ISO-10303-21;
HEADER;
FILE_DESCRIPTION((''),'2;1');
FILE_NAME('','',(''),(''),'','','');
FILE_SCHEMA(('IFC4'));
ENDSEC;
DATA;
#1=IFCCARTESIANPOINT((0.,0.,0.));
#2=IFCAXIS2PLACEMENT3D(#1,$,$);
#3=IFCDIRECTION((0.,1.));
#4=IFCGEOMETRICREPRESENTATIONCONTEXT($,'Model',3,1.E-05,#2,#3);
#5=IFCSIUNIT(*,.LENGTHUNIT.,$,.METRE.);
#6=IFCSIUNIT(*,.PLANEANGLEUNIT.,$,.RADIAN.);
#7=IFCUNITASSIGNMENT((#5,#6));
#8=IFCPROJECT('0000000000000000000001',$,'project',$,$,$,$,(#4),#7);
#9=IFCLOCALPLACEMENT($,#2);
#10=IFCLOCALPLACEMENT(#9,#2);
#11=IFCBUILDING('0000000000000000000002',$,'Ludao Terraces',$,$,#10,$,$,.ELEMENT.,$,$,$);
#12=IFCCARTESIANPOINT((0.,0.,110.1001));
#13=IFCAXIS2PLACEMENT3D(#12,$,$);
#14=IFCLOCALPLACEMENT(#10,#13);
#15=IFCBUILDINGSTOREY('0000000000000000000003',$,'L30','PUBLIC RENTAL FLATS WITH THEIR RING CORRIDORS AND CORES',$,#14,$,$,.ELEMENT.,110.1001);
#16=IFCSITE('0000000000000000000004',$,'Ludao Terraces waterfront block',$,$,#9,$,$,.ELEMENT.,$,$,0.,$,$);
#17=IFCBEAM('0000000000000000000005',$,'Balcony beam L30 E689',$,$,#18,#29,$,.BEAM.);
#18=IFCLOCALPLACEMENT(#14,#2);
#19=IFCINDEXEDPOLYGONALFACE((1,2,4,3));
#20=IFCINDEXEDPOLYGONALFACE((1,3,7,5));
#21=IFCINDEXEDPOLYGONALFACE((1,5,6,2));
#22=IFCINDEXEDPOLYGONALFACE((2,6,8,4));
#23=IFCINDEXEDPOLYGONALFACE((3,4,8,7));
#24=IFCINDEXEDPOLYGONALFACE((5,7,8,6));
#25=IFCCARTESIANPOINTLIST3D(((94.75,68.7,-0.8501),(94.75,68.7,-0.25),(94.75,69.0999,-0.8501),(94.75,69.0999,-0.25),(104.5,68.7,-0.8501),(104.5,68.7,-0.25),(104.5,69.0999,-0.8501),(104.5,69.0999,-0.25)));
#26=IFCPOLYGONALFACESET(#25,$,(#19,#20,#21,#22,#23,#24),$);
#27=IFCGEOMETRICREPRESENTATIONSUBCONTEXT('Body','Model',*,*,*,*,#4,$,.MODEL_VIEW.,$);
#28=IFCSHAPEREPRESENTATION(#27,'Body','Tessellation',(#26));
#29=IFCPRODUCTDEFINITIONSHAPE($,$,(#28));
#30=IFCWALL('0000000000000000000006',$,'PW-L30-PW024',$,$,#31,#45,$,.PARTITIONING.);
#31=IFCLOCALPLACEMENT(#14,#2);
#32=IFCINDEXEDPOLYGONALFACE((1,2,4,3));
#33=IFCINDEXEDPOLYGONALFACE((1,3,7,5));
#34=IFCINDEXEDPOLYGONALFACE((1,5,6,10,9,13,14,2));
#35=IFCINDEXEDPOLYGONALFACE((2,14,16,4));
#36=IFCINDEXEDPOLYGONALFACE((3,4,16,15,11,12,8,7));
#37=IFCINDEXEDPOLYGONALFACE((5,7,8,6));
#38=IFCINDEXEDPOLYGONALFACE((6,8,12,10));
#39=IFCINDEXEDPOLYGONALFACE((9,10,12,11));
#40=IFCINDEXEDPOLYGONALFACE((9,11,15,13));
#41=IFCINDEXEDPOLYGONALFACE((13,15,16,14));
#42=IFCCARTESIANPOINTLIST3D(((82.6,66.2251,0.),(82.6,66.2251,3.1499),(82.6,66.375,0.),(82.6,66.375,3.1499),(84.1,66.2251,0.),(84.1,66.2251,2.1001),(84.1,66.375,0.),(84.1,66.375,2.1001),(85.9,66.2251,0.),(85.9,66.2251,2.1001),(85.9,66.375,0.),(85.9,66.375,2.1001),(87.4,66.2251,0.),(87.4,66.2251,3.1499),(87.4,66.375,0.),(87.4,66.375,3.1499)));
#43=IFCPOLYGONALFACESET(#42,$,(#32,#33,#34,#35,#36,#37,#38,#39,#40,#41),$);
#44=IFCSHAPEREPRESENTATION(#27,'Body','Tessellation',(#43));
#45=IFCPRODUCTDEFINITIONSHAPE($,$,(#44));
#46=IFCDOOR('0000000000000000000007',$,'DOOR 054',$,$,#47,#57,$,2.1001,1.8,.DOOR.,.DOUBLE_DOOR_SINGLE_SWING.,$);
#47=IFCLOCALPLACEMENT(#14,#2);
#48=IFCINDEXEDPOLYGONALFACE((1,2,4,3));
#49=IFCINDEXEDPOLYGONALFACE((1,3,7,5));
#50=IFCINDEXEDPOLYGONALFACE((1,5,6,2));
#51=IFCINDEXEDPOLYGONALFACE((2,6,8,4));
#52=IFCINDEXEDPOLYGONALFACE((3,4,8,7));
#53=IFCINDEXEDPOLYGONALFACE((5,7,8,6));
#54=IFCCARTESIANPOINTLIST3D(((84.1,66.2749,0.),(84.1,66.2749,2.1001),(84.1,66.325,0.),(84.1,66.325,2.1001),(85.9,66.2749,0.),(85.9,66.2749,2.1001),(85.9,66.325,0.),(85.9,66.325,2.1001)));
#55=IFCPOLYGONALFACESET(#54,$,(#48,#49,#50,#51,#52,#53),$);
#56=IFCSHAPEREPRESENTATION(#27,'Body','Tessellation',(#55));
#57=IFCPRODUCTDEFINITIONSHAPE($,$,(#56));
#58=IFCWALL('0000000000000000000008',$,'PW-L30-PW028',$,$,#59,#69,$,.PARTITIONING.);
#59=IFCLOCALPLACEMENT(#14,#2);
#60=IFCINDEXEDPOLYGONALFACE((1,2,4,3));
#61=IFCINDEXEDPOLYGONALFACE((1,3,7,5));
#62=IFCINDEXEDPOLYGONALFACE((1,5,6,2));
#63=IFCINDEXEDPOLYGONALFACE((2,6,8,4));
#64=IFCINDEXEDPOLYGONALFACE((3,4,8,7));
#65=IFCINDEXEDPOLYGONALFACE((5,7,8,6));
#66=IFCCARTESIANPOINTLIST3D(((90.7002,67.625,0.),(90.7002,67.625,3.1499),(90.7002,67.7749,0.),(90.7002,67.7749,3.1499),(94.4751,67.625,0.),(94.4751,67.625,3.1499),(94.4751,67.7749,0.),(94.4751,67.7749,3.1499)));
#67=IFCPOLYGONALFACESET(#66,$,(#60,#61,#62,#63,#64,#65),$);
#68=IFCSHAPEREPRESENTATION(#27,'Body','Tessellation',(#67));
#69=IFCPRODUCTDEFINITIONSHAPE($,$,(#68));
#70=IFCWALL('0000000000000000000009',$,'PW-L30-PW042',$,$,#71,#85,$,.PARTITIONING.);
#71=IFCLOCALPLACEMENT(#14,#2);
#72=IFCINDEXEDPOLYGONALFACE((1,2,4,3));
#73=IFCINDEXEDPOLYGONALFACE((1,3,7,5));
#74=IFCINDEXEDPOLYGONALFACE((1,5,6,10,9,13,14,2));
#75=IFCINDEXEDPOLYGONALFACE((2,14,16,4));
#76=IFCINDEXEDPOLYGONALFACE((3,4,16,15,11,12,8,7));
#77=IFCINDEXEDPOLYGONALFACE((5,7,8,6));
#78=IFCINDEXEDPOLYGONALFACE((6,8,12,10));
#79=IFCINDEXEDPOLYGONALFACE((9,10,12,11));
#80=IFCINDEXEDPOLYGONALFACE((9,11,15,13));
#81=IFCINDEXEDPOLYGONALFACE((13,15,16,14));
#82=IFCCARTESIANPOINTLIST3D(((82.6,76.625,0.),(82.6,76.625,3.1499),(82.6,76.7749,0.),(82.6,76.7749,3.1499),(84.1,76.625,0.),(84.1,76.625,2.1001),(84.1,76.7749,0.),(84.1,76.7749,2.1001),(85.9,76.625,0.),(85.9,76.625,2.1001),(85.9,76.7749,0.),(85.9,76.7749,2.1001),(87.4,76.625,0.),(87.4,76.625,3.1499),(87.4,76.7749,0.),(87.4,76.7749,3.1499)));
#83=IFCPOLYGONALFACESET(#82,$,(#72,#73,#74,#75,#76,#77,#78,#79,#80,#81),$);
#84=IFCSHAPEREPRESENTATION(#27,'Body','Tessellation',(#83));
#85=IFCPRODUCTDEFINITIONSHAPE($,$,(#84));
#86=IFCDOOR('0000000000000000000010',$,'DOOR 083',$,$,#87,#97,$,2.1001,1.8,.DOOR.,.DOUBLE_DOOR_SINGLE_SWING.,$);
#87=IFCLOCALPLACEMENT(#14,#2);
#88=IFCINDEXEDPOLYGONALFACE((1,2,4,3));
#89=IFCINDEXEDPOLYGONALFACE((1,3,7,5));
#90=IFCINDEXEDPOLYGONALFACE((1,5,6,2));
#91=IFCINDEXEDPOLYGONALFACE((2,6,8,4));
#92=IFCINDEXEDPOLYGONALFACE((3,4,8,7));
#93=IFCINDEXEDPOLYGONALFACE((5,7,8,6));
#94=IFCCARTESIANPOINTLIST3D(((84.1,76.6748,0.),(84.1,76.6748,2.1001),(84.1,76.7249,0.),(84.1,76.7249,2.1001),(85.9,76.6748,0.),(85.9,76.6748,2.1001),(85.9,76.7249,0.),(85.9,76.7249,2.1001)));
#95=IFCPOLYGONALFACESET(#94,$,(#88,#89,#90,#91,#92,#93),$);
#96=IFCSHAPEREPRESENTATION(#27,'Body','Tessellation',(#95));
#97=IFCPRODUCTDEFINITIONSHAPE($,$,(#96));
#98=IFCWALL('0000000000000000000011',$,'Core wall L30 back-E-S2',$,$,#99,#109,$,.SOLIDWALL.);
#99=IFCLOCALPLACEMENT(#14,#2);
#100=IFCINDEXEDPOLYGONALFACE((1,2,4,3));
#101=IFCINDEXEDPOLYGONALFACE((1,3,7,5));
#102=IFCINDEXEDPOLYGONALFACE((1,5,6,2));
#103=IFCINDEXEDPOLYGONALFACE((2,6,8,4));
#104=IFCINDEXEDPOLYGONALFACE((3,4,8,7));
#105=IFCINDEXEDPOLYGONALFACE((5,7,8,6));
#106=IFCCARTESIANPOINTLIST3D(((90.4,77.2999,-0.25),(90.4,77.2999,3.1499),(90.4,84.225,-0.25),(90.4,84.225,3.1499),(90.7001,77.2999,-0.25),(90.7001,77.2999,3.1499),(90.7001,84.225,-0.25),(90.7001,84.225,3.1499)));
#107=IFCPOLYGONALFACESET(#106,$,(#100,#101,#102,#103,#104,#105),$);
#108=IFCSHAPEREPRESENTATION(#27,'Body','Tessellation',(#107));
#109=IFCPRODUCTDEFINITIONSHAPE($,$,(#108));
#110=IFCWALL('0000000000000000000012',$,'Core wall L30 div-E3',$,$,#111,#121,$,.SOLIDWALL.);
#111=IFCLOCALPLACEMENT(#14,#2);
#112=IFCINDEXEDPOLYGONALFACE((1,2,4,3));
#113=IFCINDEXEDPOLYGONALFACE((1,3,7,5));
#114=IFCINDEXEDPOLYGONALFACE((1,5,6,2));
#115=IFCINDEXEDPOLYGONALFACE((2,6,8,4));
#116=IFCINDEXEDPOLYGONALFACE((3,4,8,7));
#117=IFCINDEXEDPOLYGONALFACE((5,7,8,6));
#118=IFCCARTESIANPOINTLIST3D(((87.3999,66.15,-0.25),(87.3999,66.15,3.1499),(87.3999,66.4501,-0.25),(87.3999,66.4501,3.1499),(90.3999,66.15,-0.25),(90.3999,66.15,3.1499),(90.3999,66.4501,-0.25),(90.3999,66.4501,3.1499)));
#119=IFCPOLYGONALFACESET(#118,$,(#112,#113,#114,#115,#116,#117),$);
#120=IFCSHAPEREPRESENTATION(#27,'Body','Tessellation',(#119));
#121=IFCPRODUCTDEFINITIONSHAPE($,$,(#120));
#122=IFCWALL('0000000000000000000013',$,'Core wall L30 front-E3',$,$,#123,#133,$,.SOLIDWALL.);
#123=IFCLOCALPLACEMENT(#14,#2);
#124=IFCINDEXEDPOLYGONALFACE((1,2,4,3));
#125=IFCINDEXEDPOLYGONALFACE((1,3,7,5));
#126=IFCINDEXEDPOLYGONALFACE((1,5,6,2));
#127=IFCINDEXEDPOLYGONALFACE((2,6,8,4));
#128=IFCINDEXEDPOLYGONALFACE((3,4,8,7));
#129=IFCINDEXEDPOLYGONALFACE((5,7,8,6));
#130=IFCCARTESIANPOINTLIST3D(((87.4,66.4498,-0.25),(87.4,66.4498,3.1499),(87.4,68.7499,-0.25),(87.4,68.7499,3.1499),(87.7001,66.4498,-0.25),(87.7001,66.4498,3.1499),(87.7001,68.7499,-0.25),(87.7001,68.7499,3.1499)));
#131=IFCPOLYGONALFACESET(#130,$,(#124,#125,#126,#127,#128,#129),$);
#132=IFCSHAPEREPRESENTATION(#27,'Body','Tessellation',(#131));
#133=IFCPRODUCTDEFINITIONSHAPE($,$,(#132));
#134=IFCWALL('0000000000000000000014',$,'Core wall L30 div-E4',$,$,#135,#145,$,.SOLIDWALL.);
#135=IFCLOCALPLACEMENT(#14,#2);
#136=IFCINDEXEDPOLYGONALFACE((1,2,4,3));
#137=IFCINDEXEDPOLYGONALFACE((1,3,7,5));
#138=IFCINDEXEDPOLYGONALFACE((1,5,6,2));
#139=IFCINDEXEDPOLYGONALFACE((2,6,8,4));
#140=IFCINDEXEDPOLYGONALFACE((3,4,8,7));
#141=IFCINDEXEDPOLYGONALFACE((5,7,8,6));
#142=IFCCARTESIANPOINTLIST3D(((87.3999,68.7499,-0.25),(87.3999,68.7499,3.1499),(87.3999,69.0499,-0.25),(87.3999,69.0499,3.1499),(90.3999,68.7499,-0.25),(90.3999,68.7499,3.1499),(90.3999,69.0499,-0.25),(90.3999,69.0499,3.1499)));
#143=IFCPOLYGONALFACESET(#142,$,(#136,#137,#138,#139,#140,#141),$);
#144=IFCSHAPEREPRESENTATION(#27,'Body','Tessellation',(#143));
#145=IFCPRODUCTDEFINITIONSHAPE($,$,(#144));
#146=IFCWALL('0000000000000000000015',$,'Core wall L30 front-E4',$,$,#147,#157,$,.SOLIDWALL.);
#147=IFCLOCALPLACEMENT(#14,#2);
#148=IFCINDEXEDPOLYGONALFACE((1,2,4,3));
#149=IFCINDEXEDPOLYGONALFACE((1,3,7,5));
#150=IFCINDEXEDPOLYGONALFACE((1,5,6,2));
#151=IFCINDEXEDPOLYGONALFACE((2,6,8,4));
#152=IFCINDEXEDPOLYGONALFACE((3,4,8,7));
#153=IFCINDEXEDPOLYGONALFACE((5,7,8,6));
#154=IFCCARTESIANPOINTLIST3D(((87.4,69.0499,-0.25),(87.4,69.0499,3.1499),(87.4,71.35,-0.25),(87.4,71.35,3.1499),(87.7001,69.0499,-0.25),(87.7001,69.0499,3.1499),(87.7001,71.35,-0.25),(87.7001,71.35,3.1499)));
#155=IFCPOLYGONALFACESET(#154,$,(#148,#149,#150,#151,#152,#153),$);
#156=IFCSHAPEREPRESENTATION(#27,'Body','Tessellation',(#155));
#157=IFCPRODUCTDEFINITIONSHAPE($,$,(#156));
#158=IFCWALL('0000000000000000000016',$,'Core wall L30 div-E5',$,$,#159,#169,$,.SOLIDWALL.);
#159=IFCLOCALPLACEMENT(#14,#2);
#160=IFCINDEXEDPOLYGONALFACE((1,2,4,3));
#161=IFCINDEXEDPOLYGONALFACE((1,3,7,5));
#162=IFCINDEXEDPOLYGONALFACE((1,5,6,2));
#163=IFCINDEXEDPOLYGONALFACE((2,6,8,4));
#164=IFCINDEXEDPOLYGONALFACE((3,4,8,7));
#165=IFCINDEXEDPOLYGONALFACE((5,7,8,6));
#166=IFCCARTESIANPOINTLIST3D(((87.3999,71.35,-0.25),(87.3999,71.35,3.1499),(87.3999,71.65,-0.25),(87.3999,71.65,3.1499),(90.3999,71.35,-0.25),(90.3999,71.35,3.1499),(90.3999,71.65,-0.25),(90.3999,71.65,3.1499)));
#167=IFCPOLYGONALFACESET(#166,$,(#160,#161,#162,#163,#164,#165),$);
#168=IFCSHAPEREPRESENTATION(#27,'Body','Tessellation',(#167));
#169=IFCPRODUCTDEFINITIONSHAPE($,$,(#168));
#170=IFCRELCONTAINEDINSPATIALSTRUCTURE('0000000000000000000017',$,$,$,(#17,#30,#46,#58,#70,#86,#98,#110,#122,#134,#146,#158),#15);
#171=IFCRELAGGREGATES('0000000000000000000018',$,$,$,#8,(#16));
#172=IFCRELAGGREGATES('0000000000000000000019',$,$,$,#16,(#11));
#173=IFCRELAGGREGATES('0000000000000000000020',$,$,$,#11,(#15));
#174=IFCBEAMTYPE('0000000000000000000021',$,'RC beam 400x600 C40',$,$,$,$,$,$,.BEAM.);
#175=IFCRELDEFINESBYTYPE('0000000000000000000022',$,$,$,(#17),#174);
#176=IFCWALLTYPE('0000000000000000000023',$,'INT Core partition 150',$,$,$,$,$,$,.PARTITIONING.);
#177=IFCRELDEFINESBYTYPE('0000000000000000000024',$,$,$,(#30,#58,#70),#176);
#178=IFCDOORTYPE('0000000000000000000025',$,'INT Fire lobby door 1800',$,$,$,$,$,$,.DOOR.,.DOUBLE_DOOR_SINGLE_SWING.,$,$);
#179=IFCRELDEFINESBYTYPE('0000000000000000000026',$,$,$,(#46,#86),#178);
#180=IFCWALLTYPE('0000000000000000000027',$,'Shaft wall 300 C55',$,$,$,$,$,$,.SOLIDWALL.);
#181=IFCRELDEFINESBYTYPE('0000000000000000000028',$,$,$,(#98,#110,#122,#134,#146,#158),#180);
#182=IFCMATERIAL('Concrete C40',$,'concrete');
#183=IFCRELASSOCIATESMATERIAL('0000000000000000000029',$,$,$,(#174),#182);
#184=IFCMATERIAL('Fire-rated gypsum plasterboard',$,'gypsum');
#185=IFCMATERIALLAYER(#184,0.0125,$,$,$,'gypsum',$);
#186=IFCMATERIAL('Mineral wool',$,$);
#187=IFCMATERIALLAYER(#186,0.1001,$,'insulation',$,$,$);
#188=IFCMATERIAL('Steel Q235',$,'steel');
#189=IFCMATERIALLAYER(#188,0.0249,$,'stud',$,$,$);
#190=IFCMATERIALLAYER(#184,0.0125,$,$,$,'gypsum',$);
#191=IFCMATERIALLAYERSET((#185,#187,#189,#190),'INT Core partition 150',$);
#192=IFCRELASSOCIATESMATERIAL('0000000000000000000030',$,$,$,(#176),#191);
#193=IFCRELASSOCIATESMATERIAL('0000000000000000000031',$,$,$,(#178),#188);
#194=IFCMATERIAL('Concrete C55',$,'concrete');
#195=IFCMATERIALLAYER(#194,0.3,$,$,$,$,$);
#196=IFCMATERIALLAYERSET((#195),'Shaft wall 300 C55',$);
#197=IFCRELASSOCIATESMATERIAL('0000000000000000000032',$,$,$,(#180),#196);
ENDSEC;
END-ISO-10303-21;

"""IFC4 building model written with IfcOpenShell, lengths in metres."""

from ifc_helpers import new_model, si_unit, direction, frame, frame_2d, origin, origin_2d, place, context, subcontext, project, spatial, rectangle, extrude, material, layer, layer_set, material_profile, profile_set, type_object, element, fill, save


model = new_model("IFC4")

# Units and contexts
model_context = context("Model", 3, precision=1e-05, world=origin(), true_north=direction((0.0, 1.0)))
body_context = subcontext(model_context, "Body", "Model", "MODEL_VIEW")
ifc_project = project(units=[si_unit("LENGTHUNIT", "METRE"), si_unit("PLANEANGLEUNIT", "RADIAN")], contexts=[model_context])

# Site, building, storey
site_placement = place(None, origin())
site = spatial("IfcSite", under=ifc_project, at=site_placement, Name="Ludao Terraces waterfront block", CompositionType="ELEMENT", RefElevation=0.0)
building_placement = place(site_placement, origin())
building = spatial("IfcBuilding", under=site, at=building_placement, Name="Ludao Terraces", CompositionType="ELEMENT")
storey_placement = place(building_placement, frame((0.0, 0.0, 110.1001)))
storey = spatial("IfcBuildingStorey", under=building, at=storey_placement, Name="L30", Description="PUBLIC RENTAL FLATS WITH THEIR RING CORRIDORS AND CORES", CompositionType="ELEMENT", Elevation=110.1001)

# Beam
ifc_material_1 = material(Name="Concrete C40", Category="concrete")
ifc_material_profile = material_profile(ifc_material_1, rectangle(XDim=0.3999, YDim=0.6001, at=origin_2d()), Name="400 X 600")
ifc_profile_set = profile_set([ifc_material_profile], Name="Concrete C40")
beam_type = type_object("IfcBeamType", Name="RC beam 400x600 C40", PredefinedType="BEAM", material=ifc_profile_set)
beam_placement = place(storey_placement, frame((94.75, 68.8999, -0.55), z_axis=(1.0, 0.0, 0.0), x_axis=(0.0, 1.0, 0.0)))
element("IfcBeam", 1, at=beam_placement, inside=storey, type_object=beam_type, Name="Balcony beam L30 E689", PredefinedType="BEAM", context=body_context, shape_type="SweptSolid", body=[
    extrude(rectangle(XDim=0.3999, YDim=0.6001, at=origin_2d()), origin(), (0.0, 0.0, 1.0), 9.75),
])

# Wall, opening, door
ifc_material_2 = material(Name="Fire-rated gypsum plasterboard", Category="gypsum")
ifc_layer_1 = layer(ifc_material_2, 0.0125, Category="gypsum")
ifc_material_3 = material(Name="Mineral wool")
ifc_layer_2 = layer(ifc_material_3, 0.1001, Name="insulation")
ifc_material_4 = material(Name="Steel Q235", Category="steel")
ifc_layer_3 = layer(ifc_material_4, 0.0249, Name="stud")
ifc_layer_4 = layer(ifc_material_2, 0.0125, Category="gypsum")
ifc_layer_set_1 = layer_set([ifc_layer_1, ifc_layer_2, ifc_layer_3, ifc_layer_4], Name="INT Core partition 150")
wall_type_1 = type_object("IfcWallType", Name="INT Core partition 150", PredefinedType="PARTITIONING", material=ifc_layer_set_1)
wall_1_placement = place(storey_placement, frame((82.6001, 66.3, 0.0), z_axis=(0.0, 0.0, 1.0), x_axis=(1.0, 0.0, 0.0)))
wall_1 = element("IfcWall", 2, at=wall_1_placement, inside=storey, type_object=wall_type_1, Name="PW-L30-PW024", PredefinedType="PARTITIONING", context=body_context, shape_type="SweptSolid", body=[
    extrude(rectangle(XDim=4.8, YDim=0.1499, at=frame_2d((2.3999, 0.0))), origin(), (0.0, 0.0, 1.0), 3.1499),
])
opening_1_placement = place(wall_1_placement, frame((1.5, 0.0, 0.0)))
opening_1 = element("IfcOpeningElement", 3, at=opening_1_placement, cuts=wall_1, PredefinedType="OPENING", context=body_context, shape_type="SweptSolid", body=[
    extrude(rectangle(XDim=1.8, YDim=2.1001, at=frame_2d((0.8999, 1.05))), frame((0.0, 0.085, 0.0), z_axis=(0.0, -1.0, 0.0), x_axis=(1.0, 0.0, 0.0)), (0.0, 0.0, 1.0), 0.1699),
])
door_type_1 = type_object("IfcDoorType", Name="INT Fire lobby door 1800", OperationType="DOUBLE_DOOR_SINGLE_SWING", PredefinedType="DOOR", material=ifc_material_4)
door_1_placement = place(opening_1_placement, origin())
door_1 = element("IfcDoor", 4, at=door_1_placement, inside=storey, type_object=door_type_1, Name="DOOR 054", OperationType="DOUBLE_DOOR_SINGLE_SWING", OverallHeight=2.1001, OverallWidth=1.8, PredefinedType="DOOR", context=body_context, shape_type="SweptSolid", body=[
    extrude(rectangle(XDim=1.8, YDim=2.1001, at=frame_2d((0.8999, 1.05))), frame((0.0, 0.0249, 0.0), z_axis=(0.0, -1.0, 0.0), x_axis=(1.0, 0.0, 0.0)), (0.0, 0.0, 1.0), 0.05),
])
fill(opening_1, door_1)

# Wall
wall_2_placement = place(storey_placement, frame((90.7002, 67.7, 0.0), z_axis=(0.0, 0.0, 1.0), x_axis=(1.0, 0.0, 0.0)))
element("IfcWall", 5, at=wall_2_placement, inside=storey, type_object=wall_type_1, Name="PW-L30-PW028", PredefinedType="PARTITIONING", context=body_context, shape_type="SweptSolid", body=[
    extrude(rectangle(XDim=3.7749, YDim=0.1499, at=frame_2d((1.8875, 0.0))), origin(), (0.0, 0.0, 1.0), 3.1499),
])

# Wall, opening, door
wall_3_placement = place(storey_placement, frame((82.6001, 76.7, 0.0), z_axis=(0.0, 0.0, 1.0), x_axis=(1.0, 0.0, 0.0)))
wall_3 = element("IfcWall", 6, at=wall_3_placement, inside=storey, type_object=wall_type_1, Name="PW-L30-PW042", PredefinedType="PARTITIONING", context=body_context, shape_type="SweptSolid", body=[
    extrude(rectangle(XDim=4.8, YDim=0.1499, at=frame_2d((2.3999, 0.0))), origin(), (0.0, 0.0, 1.0), 3.1499),
])
opening_2_placement = place(wall_3_placement, frame((1.5, 0.0, 0.0)))
opening_2 = element("IfcOpeningElement", 7, at=opening_2_placement, cuts=wall_3, PredefinedType="OPENING", context=body_context, shape_type="SweptSolid", body=[
    extrude(rectangle(XDim=1.8, YDim=2.1001, at=frame_2d((0.8999, 1.05))), frame((0.0, 0.085, 0.0), z_axis=(0.0, -1.0, 0.0), x_axis=(1.0, 0.0, 0.0)), (0.0, 0.0, 1.0), 0.1699),
])
door_2_placement = place(opening_2_placement, origin())
door_2 = element("IfcDoor", 8, at=door_2_placement, inside=storey, type_object=door_type_1, Name="DOOR 083", OperationType="DOUBLE_DOOR_SINGLE_SWING", OverallHeight=2.1001, OverallWidth=1.8, PredefinedType="DOOR", context=body_context, shape_type="SweptSolid", body=[
    extrude(rectangle(XDim=1.8, YDim=2.1001, at=frame_2d((0.8999, 1.05))), frame((0.0, 0.0249, 0.0), z_axis=(0.0, -1.0, 0.0), x_axis=(1.0, 0.0, 0.0)), (0.0, 0.0, 1.0), 0.05),
])
fill(opening_2, door_2)

# Walls
ifc_material_5 = material(Name="Concrete C55", Category="concrete")
ifc_layer_5 = layer(ifc_material_5, 0.3)
ifc_layer_set_2 = layer_set([ifc_layer_5], Name="Shaft wall 300 C55")
wall_type_2 = type_object("IfcWallType", Name="Shaft wall 300 C55", PredefinedType="SOLIDWALL", material=ifc_layer_set_2)
wall_4_placement = place(storey_placement, frame((90.55, 77.3, -0.25), z_axis=(0.0, 0.0, 1.0), x_axis=(0.0, 1.0, 0.0)))
element("IfcWall", 9, at=wall_4_placement, inside=storey, type_object=wall_type_2, Name="Core wall L30 back-E-S2", PredefinedType="SOLIDWALL", context=body_context, shape_type="SweptSolid", body=[
    extrude(rectangle(XDim=6.925, YDim=0.3, at=frame_2d((3.4624, 0.0))), origin(), (0.0, 0.0, 1.0), 3.3999),
])
wall_5_placement = place(storey_placement, frame((87.3999, 66.3, -0.25), z_axis=(0.0, 0.0, 1.0), x_axis=(1.0, 0.0, 0.0)))
element("IfcWall", 10, at=wall_5_placement, inside=storey, type_object=wall_type_2, Name="Core wall L30 div-E3", PredefinedType="SOLIDWALL", context=body_context, shape_type="SweptSolid", body=[
    extrude(rectangle(XDim=3.0, YDim=0.3, at=frame_2d((1.5, 0.0))), origin(), (0.0, 0.0, 1.0), 3.3999),
])
wall_6_placement = place(storey_placement, frame((87.55, 66.45, -0.25), z_axis=(0.0, 0.0, 1.0), x_axis=(0.0, 1.0, 0.0)))
element("IfcWall", 11, at=wall_6_placement, inside=storey, type_object=wall_type_2, Name="Core wall L30 front-E3", PredefinedType="SOLIDWALL", context=body_context, shape_type="SweptSolid", body=[
    extrude(rectangle(XDim=2.3, YDim=0.3, at=frame_2d((1.1499, 0.0))), origin(), (0.0, 0.0, 1.0), 3.3999),
])
wall_7_placement = place(storey_placement, frame((87.3999, 68.8999, -0.25), z_axis=(0.0, 0.0, 1.0), x_axis=(1.0, 0.0, 0.0)))
element("IfcWall", 12, at=wall_7_placement, inside=storey, type_object=wall_type_2, Name="Core wall L30 div-E4", PredefinedType="SOLIDWALL", context=body_context, shape_type="SweptSolid", body=[
    extrude(rectangle(XDim=3.0, YDim=0.3, at=frame_2d((1.5, 0.0))), origin(), (0.0, 0.0, 1.0), 3.3999),
])
wall_8_placement = place(storey_placement, frame((87.55, 69.05, -0.25), z_axis=(0.0, 0.0, 1.0), x_axis=(0.0, 1.0, 0.0)))
element("IfcWall", 13, at=wall_8_placement, inside=storey, type_object=wall_type_2, Name="Core wall L30 front-E4", PredefinedType="SOLIDWALL", context=body_context, shape_type="SweptSolid", body=[
    extrude(rectangle(XDim=2.3, YDim=0.3, at=frame_2d((1.1499, 0.0))), origin(), (0.0, 0.0, 1.0), 3.3999),
])
wall_9_placement = place(storey_placement, frame((87.3999, 71.5, -0.25), z_axis=(0.0, 0.0, 1.0), x_axis=(1.0, 0.0, 0.0)))
element("IfcWall", 14, at=wall_9_placement, inside=storey, type_object=wall_type_2, Name="Core wall L30 div-E5", PredefinedType="SOLIDWALL", context=body_context, shape_type="SweptSolid", body=[
    extrude(rectangle(XDim=3.0, YDim=0.3, at=frame_2d((1.5, 0.0))), origin(), (0.0, 0.0, 1.0), 3.3999),
])

save(model, "model.ifc")
